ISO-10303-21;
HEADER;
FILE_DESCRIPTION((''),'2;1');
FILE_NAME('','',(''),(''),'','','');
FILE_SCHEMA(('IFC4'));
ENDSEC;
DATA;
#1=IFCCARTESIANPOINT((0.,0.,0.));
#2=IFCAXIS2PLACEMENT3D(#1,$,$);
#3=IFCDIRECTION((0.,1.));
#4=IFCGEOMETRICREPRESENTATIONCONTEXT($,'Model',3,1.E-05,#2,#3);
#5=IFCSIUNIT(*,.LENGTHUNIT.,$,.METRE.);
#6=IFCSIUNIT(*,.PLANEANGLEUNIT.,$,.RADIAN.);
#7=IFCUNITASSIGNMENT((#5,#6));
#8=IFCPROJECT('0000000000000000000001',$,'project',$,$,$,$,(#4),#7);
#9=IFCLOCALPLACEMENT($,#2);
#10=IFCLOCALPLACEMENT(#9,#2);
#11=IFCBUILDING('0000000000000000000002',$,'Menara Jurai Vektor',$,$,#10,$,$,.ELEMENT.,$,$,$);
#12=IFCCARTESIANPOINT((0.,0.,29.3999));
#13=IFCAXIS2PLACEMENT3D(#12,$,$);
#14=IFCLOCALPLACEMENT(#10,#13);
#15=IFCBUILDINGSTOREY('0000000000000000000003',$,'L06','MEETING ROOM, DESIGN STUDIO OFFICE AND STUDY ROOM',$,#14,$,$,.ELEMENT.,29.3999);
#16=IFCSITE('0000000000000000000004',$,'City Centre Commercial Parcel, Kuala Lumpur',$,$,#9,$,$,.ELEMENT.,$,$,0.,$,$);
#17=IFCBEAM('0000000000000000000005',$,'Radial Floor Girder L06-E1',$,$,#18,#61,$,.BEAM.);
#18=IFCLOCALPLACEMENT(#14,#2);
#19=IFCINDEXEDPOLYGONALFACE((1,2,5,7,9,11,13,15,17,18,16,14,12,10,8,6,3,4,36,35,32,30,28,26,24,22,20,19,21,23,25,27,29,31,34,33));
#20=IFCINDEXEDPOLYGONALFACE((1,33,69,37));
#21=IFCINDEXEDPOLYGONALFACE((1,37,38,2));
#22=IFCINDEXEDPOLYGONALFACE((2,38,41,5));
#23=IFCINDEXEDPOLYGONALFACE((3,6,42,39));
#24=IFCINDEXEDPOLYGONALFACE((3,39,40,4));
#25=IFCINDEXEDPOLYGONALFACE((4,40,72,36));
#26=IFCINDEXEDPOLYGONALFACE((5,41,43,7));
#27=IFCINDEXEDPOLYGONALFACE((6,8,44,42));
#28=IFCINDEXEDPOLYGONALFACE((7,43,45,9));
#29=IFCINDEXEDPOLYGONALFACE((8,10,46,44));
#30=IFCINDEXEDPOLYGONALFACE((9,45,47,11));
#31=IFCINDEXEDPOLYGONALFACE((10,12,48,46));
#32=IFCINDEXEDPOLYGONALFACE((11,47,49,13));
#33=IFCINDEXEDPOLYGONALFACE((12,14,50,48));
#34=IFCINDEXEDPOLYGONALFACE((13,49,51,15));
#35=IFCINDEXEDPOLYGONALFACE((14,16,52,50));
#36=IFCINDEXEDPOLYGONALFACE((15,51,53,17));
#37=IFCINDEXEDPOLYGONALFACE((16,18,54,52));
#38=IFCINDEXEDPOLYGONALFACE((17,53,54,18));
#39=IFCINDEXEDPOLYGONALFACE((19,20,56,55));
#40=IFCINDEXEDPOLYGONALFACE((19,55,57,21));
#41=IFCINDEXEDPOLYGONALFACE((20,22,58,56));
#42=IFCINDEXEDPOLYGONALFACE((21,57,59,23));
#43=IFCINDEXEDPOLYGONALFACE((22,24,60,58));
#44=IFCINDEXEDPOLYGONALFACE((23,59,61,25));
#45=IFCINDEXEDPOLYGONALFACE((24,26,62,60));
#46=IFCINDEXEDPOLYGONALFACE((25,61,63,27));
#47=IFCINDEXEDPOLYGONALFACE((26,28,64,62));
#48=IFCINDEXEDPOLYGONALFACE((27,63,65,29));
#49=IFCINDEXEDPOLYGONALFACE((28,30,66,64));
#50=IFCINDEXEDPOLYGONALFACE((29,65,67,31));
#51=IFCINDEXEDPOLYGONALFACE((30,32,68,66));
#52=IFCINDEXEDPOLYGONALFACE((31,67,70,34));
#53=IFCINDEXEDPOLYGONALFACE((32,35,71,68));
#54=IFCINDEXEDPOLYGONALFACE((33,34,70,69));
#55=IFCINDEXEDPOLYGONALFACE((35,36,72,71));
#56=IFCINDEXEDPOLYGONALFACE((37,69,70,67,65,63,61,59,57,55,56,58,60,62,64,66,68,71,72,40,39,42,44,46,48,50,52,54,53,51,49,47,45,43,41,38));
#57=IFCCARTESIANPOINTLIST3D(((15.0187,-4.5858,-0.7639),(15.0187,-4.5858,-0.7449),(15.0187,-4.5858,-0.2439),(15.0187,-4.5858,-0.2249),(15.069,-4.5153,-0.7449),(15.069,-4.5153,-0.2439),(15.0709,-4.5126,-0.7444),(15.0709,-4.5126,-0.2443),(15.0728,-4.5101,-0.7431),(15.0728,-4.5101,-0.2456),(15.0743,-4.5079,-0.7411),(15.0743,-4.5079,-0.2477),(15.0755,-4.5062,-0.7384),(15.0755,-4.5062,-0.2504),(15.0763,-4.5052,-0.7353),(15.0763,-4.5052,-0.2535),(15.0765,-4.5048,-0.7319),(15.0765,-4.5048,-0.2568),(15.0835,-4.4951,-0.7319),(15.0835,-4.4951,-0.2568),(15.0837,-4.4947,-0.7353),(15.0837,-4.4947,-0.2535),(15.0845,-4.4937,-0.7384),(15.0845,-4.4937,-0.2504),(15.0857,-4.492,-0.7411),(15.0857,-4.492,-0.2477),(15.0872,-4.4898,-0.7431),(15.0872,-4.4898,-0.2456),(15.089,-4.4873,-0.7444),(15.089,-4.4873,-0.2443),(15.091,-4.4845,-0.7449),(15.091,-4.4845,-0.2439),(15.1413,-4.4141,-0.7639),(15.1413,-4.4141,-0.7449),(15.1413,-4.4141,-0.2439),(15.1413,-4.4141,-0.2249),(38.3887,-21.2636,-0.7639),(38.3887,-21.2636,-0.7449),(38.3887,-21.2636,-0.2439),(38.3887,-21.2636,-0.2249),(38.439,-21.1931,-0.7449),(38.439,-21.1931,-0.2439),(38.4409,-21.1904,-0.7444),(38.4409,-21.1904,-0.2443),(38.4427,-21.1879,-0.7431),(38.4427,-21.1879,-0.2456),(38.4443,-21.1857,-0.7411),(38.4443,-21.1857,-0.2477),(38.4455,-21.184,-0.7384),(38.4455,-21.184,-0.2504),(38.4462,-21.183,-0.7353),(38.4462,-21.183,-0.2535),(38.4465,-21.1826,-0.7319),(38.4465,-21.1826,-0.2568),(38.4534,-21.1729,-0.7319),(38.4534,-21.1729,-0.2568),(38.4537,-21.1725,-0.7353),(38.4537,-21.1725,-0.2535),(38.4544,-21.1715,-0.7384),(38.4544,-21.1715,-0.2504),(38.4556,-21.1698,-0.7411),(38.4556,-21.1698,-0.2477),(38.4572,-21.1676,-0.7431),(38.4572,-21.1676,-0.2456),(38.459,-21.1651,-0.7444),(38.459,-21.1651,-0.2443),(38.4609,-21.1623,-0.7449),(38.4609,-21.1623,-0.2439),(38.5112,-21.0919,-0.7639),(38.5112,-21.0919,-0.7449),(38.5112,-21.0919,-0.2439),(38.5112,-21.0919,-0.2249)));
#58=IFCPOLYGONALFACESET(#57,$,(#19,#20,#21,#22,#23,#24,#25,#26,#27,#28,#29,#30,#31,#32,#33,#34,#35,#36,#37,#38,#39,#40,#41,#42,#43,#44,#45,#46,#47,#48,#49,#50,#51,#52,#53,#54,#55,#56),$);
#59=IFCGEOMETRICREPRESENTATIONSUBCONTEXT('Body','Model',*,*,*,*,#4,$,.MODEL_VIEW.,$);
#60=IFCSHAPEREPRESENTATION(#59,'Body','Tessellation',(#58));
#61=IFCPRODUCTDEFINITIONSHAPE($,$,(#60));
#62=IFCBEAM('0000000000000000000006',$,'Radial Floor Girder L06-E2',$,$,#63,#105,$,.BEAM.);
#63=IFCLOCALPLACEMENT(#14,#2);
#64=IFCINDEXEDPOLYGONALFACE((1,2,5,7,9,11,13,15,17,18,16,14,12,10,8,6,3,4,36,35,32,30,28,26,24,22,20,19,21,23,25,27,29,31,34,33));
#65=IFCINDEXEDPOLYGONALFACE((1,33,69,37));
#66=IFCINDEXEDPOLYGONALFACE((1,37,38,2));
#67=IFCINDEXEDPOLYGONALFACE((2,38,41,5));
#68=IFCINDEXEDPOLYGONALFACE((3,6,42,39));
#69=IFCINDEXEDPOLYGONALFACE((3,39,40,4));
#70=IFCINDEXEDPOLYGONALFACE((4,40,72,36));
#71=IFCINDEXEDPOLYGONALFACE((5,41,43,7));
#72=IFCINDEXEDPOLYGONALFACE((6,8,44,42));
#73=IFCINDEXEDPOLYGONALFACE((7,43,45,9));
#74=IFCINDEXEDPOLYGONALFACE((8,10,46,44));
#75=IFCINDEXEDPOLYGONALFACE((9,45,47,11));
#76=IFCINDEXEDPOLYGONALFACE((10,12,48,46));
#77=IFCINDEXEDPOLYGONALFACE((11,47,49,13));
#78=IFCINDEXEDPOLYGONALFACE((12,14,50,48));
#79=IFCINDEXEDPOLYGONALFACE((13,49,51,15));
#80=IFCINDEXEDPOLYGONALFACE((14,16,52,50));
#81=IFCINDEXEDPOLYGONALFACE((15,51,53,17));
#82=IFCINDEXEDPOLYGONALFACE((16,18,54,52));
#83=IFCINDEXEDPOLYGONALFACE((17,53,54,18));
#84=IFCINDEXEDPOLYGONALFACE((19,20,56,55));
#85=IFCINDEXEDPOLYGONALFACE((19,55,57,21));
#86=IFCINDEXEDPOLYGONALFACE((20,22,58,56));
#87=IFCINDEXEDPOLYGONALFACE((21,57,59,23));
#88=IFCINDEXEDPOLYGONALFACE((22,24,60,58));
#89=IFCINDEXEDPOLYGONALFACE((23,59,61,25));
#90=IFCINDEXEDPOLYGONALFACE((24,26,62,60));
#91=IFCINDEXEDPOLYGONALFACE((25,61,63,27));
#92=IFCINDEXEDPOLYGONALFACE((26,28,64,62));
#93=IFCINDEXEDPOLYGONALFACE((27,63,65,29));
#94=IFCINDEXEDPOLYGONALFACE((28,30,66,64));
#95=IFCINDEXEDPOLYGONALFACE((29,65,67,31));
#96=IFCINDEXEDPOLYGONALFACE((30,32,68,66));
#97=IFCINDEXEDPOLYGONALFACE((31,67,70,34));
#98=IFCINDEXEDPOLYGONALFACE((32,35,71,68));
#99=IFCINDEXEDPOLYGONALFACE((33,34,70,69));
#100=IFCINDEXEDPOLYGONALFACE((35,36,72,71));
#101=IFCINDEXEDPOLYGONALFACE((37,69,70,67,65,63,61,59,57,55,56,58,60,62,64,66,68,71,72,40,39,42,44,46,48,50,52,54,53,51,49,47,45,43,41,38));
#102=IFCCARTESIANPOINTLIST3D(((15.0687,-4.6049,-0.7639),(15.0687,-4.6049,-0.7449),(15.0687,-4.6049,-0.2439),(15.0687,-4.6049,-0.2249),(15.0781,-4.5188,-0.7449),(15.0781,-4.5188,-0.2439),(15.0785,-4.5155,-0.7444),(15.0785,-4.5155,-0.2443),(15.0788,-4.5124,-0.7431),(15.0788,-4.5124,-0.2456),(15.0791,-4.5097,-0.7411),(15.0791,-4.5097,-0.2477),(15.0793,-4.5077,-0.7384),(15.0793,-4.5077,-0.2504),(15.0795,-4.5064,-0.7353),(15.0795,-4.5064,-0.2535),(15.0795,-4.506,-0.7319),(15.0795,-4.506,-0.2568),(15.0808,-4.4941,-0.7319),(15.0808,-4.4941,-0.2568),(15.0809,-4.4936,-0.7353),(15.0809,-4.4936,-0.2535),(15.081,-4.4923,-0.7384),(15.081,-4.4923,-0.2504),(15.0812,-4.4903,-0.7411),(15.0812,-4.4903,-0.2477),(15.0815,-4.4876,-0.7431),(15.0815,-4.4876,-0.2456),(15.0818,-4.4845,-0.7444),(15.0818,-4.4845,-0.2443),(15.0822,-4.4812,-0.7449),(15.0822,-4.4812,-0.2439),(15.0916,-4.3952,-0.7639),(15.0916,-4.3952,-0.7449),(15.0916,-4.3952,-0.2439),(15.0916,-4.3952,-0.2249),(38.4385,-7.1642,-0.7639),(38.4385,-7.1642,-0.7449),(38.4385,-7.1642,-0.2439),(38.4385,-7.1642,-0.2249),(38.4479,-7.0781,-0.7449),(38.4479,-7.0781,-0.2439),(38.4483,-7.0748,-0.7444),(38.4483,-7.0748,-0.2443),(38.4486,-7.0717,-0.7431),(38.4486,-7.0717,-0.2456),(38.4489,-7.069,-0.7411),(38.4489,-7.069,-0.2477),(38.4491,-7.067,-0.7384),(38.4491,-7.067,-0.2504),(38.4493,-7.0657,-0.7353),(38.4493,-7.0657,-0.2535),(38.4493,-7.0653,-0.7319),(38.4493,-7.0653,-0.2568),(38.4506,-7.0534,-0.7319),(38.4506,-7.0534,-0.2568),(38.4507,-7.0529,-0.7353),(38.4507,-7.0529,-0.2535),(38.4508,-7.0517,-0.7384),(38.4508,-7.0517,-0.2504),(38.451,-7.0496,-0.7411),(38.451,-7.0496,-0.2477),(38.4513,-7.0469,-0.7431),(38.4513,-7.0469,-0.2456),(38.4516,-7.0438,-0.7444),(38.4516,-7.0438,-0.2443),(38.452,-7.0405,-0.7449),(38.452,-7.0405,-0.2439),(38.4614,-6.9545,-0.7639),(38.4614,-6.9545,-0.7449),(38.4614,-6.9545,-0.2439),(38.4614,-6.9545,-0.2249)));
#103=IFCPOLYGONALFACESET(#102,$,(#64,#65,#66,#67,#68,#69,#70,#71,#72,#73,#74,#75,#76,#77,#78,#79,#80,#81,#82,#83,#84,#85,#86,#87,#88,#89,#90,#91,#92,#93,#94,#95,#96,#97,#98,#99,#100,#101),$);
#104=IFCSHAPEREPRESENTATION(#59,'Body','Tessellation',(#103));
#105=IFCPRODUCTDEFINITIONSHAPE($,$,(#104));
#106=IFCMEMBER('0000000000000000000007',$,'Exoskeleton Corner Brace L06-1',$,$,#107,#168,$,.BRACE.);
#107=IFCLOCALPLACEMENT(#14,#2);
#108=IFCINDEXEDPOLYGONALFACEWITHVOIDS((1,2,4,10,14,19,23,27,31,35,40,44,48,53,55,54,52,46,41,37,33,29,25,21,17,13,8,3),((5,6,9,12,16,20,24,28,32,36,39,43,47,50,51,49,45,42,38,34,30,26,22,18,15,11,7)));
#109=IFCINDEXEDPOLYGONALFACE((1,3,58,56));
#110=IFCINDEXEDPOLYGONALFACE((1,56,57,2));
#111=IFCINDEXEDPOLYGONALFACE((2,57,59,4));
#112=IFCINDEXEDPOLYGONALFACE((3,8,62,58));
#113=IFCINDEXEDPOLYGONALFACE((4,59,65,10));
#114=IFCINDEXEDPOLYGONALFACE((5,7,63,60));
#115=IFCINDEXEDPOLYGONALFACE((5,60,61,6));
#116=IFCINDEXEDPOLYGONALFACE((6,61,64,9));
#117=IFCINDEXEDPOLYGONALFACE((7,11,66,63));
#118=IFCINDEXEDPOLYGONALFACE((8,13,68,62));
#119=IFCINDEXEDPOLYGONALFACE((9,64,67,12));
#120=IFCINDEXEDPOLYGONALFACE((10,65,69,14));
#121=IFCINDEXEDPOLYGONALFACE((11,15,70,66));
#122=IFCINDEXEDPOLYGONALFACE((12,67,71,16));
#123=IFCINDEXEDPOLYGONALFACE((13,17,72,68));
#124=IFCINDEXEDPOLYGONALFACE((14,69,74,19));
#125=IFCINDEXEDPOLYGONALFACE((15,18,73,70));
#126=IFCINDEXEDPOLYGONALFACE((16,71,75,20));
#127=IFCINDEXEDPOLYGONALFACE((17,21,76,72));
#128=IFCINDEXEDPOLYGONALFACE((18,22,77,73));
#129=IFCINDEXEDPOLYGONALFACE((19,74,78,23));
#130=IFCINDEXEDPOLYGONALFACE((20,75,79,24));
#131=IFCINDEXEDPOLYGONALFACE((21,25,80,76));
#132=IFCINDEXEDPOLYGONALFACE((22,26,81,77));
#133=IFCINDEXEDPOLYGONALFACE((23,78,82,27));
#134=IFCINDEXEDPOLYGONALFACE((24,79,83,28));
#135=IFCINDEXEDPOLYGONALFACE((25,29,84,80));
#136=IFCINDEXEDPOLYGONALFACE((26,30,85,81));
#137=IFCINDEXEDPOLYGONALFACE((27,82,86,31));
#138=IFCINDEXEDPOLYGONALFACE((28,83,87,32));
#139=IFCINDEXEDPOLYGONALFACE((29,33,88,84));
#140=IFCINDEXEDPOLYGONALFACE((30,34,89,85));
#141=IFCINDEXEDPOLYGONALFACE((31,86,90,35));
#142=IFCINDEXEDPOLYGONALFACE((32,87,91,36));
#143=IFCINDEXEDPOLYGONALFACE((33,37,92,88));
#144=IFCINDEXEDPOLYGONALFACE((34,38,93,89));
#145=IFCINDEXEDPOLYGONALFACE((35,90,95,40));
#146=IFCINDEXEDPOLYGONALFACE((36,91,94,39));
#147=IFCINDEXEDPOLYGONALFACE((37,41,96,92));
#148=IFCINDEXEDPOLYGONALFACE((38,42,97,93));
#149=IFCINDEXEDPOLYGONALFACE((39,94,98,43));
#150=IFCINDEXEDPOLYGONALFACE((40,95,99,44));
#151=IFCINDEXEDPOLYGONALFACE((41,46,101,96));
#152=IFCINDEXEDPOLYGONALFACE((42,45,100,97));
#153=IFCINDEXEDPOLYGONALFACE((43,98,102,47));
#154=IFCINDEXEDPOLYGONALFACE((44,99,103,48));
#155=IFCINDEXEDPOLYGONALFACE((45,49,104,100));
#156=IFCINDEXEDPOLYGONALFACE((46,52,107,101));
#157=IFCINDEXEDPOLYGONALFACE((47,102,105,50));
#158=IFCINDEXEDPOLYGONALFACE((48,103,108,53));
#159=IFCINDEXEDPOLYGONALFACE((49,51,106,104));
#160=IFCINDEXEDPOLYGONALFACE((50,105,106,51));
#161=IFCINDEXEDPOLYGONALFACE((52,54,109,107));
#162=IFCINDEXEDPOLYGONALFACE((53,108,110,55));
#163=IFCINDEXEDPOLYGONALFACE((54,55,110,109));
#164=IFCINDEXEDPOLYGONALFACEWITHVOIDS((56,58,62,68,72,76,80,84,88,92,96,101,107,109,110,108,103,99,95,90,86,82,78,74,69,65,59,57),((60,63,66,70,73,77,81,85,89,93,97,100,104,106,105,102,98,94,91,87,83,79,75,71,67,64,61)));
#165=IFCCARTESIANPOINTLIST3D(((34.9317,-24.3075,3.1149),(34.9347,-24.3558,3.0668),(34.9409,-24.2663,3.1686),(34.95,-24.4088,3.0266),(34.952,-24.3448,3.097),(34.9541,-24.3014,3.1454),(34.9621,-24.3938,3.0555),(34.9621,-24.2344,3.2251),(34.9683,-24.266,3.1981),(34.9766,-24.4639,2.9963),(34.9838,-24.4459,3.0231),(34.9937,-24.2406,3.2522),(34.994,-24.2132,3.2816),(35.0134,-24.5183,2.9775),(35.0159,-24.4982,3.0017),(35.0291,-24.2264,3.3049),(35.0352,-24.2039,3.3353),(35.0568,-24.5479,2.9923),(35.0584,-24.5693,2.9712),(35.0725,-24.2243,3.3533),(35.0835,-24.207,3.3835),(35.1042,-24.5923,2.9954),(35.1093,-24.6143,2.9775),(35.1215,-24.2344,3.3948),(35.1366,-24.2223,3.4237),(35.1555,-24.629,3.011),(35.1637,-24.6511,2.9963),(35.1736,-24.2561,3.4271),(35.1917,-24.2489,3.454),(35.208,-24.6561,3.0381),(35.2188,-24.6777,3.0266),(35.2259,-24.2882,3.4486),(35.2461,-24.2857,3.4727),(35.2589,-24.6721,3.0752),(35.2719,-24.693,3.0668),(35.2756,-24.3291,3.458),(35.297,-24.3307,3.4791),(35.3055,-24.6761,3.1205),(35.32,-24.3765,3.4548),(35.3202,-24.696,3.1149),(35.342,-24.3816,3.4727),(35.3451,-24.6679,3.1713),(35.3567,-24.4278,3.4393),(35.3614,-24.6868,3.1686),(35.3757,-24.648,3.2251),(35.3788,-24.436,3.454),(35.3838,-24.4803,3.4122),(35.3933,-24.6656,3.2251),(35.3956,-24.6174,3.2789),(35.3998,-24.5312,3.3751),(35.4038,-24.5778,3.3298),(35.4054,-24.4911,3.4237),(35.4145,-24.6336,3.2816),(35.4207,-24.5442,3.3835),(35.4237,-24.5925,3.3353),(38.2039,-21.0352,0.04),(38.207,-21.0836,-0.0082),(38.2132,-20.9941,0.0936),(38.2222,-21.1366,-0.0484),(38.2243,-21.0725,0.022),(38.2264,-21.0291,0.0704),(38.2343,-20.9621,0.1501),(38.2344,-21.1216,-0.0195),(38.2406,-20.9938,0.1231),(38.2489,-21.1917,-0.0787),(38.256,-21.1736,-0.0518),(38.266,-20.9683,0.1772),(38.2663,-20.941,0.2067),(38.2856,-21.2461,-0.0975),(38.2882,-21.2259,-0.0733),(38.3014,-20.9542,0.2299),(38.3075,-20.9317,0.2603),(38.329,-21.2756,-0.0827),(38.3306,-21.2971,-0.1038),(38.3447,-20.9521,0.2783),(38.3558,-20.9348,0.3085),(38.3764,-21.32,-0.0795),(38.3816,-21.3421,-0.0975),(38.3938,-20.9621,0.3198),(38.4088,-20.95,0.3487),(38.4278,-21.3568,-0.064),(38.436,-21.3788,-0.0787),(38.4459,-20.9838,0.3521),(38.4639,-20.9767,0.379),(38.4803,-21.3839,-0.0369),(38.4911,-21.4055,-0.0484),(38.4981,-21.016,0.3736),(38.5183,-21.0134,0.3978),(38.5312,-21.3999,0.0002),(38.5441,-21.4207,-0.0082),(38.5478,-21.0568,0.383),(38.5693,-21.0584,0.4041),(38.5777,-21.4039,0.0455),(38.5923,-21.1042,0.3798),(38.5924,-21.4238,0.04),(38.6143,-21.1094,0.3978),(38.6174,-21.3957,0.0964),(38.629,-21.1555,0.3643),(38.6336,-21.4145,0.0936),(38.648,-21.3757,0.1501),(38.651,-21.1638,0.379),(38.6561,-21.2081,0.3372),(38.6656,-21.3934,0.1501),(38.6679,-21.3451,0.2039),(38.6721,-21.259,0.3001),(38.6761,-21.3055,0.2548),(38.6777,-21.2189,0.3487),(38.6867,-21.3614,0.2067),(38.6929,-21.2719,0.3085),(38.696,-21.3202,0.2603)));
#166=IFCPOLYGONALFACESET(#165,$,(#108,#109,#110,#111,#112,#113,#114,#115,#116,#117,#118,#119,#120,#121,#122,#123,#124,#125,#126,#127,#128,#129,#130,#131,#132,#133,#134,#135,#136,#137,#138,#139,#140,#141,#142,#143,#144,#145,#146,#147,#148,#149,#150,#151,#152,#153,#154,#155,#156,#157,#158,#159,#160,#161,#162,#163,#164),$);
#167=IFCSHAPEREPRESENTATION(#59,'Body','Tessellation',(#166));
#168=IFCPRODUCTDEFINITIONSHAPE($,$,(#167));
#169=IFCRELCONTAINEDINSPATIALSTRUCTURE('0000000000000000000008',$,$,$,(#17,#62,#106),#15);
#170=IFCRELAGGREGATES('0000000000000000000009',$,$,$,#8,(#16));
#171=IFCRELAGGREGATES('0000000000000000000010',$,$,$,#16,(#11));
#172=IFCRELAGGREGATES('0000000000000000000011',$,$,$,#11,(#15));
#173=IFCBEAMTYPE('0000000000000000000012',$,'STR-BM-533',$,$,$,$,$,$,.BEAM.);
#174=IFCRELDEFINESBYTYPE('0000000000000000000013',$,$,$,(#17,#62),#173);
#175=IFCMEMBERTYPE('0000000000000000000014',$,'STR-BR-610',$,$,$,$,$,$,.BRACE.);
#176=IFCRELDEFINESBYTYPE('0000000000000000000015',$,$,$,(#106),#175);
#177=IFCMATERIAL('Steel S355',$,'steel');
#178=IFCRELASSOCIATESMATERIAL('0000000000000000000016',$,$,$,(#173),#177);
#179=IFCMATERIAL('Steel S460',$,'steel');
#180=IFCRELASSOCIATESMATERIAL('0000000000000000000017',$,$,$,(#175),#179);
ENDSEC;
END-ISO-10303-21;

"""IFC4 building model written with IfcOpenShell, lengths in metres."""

from ifc_helpers import new_model, si_unit, direction, frame, origin, origin_2d, place, context, subcontext, project, spatial, hollow_circle, i_section, extrude, material, material_profile, profile_set, type_object, element, save


model = new_model("IFC4")

# Units and contexts
model_context = context("Model", 3, precision=1e-05, world=origin(), true_north=direction((0.0, 1.0)))
body_context = subcontext(model_context, "Body", "Model", "MODEL_VIEW")
ifc_project = project(units=[si_unit("LENGTHUNIT", "METRE"), si_unit("PLANEANGLEUNIT", "RADIAN")], contexts=[model_context])

# Site, building, storey
site_placement = place(None, origin())
site = spatial("IfcSite", under=ifc_project, at=site_placement, Name="City Centre Commercial Parcel, Kuala Lumpur", CompositionType="ELEMENT", RefElevation=0.0)
building_placement = place(site_placement, origin())
building = spatial("IfcBuilding", under=site, at=building_placement, Name="Menara Jurai Vektor", CompositionType="ELEMENT")
storey_placement = place(building_placement, frame((0.0, 0.0, 29.3999)))
storey = spatial("IfcBuildingStorey", under=building, at=storey_placement, Name="L06", Description="MEETING ROOM, DESIGN STUDIO OFFICE AND STUDY ROOM", CompositionType="ELEMENT", Elevation=29.3999)

# Shared definitions
ifc_material_1 = material(Name="Steel S460", Category="steel")

# Beams
ifc_material_2 = material(Name="Steel S355", Category="steel")
ifc_material_profile_1 = material_profile(ifc_material_2, i_section(OverallWidth=0.2109, OverallDepth=0.5391, WebThickness=0.012, FlangeThickness=0.019, FilletRadius=0.0129, at=origin_2d()), Name="UKB 533x210x109")
ifc_profile_set_1 = profile_set([ifc_material_profile_1], Name="Steel S355")
beam_type_1 = type_object("IfcBeamType", Name="STR-BM-533", PredefinedType="BEAM", material=ifc_profile_set_1)
beam_1_placement = place(storey_placement, frame((38.45, -21.1777, -0.4944), z_axis=(-0.813981, 0.580891, 0.0), x_axis=(-0.580891, -0.813981, 0.0)))
element("IfcBeam", 1, at=beam_1_placement, inside=storey, type_object=beam_type_1, Name="Radial Floor Girder L06-E1", PredefinedType="BEAM", context=body_context, shape_type="SweptSolid", body=[
    extrude(i_section(OverallWidth=0.2109, OverallDepth=0.5391, WebThickness=0.012, FlangeThickness=0.019, FilletRadius=0.0129, at=origin_2d()), origin(), (0.0, 0.0, 1.0), 28.7107),
])
beam_2_placement = place(storey_placement, frame((38.45, -7.0593, -0.4944), z_axis=(-0.994057, 0.108863, 0.0), x_axis=(-0.108863, -0.994057, 0.0)))
element("IfcBeam", 2, at=beam_2_placement, inside=storey, type_object=beam_type_1, Name="Radial Floor Girder L06-E2", PredefinedType="BEAM", context=body_context, shape_type="SweptSolid", body=[
    extrude(i_section(OverallWidth=0.2109, OverallDepth=0.5391, WebThickness=0.012, FlangeThickness=0.019, FilletRadius=0.0129, at=origin_2d()), origin(), (0.0, 0.0, 1.0), 23.5095),
])

# Member
ifc_material_profile_2 = material_profile(ifc_material_1, hollow_circle(Radius=0.3049, WallThickness=0.0249, at=origin_2d()), Name="CHS 610x25")
ifc_profile_set_2 = profile_set([ifc_material_profile_2], Name="Steel S460")
member_type_1 = type_object("IfcMemberType", Name="STR-BR-610", PredefinedType="BRACE", material=ifc_profile_set_2)
member_1_placement = place(storey_placement, frame((38.45, -21.1777, 0.1501), z_axis=(-0.588942, -0.588942, 0.553438), x_axis=(0.707107, -0.707107, 0.0)))
element("IfcMember", 3, at=member_1_placement, inside=storey, type_object=member_type_1, Name="Exoskeleton Corner Brace L06-1", PredefinedType="BRACE", context=body_context, shape_type="SweptSolid", body=[
    extrude(hollow_circle(Radius=0.3049, WallThickness=0.0249, at=origin_2d()), origin(), (0.0, 0.0, 1.0), 5.5562),
])

save(model, "model.ifc")
